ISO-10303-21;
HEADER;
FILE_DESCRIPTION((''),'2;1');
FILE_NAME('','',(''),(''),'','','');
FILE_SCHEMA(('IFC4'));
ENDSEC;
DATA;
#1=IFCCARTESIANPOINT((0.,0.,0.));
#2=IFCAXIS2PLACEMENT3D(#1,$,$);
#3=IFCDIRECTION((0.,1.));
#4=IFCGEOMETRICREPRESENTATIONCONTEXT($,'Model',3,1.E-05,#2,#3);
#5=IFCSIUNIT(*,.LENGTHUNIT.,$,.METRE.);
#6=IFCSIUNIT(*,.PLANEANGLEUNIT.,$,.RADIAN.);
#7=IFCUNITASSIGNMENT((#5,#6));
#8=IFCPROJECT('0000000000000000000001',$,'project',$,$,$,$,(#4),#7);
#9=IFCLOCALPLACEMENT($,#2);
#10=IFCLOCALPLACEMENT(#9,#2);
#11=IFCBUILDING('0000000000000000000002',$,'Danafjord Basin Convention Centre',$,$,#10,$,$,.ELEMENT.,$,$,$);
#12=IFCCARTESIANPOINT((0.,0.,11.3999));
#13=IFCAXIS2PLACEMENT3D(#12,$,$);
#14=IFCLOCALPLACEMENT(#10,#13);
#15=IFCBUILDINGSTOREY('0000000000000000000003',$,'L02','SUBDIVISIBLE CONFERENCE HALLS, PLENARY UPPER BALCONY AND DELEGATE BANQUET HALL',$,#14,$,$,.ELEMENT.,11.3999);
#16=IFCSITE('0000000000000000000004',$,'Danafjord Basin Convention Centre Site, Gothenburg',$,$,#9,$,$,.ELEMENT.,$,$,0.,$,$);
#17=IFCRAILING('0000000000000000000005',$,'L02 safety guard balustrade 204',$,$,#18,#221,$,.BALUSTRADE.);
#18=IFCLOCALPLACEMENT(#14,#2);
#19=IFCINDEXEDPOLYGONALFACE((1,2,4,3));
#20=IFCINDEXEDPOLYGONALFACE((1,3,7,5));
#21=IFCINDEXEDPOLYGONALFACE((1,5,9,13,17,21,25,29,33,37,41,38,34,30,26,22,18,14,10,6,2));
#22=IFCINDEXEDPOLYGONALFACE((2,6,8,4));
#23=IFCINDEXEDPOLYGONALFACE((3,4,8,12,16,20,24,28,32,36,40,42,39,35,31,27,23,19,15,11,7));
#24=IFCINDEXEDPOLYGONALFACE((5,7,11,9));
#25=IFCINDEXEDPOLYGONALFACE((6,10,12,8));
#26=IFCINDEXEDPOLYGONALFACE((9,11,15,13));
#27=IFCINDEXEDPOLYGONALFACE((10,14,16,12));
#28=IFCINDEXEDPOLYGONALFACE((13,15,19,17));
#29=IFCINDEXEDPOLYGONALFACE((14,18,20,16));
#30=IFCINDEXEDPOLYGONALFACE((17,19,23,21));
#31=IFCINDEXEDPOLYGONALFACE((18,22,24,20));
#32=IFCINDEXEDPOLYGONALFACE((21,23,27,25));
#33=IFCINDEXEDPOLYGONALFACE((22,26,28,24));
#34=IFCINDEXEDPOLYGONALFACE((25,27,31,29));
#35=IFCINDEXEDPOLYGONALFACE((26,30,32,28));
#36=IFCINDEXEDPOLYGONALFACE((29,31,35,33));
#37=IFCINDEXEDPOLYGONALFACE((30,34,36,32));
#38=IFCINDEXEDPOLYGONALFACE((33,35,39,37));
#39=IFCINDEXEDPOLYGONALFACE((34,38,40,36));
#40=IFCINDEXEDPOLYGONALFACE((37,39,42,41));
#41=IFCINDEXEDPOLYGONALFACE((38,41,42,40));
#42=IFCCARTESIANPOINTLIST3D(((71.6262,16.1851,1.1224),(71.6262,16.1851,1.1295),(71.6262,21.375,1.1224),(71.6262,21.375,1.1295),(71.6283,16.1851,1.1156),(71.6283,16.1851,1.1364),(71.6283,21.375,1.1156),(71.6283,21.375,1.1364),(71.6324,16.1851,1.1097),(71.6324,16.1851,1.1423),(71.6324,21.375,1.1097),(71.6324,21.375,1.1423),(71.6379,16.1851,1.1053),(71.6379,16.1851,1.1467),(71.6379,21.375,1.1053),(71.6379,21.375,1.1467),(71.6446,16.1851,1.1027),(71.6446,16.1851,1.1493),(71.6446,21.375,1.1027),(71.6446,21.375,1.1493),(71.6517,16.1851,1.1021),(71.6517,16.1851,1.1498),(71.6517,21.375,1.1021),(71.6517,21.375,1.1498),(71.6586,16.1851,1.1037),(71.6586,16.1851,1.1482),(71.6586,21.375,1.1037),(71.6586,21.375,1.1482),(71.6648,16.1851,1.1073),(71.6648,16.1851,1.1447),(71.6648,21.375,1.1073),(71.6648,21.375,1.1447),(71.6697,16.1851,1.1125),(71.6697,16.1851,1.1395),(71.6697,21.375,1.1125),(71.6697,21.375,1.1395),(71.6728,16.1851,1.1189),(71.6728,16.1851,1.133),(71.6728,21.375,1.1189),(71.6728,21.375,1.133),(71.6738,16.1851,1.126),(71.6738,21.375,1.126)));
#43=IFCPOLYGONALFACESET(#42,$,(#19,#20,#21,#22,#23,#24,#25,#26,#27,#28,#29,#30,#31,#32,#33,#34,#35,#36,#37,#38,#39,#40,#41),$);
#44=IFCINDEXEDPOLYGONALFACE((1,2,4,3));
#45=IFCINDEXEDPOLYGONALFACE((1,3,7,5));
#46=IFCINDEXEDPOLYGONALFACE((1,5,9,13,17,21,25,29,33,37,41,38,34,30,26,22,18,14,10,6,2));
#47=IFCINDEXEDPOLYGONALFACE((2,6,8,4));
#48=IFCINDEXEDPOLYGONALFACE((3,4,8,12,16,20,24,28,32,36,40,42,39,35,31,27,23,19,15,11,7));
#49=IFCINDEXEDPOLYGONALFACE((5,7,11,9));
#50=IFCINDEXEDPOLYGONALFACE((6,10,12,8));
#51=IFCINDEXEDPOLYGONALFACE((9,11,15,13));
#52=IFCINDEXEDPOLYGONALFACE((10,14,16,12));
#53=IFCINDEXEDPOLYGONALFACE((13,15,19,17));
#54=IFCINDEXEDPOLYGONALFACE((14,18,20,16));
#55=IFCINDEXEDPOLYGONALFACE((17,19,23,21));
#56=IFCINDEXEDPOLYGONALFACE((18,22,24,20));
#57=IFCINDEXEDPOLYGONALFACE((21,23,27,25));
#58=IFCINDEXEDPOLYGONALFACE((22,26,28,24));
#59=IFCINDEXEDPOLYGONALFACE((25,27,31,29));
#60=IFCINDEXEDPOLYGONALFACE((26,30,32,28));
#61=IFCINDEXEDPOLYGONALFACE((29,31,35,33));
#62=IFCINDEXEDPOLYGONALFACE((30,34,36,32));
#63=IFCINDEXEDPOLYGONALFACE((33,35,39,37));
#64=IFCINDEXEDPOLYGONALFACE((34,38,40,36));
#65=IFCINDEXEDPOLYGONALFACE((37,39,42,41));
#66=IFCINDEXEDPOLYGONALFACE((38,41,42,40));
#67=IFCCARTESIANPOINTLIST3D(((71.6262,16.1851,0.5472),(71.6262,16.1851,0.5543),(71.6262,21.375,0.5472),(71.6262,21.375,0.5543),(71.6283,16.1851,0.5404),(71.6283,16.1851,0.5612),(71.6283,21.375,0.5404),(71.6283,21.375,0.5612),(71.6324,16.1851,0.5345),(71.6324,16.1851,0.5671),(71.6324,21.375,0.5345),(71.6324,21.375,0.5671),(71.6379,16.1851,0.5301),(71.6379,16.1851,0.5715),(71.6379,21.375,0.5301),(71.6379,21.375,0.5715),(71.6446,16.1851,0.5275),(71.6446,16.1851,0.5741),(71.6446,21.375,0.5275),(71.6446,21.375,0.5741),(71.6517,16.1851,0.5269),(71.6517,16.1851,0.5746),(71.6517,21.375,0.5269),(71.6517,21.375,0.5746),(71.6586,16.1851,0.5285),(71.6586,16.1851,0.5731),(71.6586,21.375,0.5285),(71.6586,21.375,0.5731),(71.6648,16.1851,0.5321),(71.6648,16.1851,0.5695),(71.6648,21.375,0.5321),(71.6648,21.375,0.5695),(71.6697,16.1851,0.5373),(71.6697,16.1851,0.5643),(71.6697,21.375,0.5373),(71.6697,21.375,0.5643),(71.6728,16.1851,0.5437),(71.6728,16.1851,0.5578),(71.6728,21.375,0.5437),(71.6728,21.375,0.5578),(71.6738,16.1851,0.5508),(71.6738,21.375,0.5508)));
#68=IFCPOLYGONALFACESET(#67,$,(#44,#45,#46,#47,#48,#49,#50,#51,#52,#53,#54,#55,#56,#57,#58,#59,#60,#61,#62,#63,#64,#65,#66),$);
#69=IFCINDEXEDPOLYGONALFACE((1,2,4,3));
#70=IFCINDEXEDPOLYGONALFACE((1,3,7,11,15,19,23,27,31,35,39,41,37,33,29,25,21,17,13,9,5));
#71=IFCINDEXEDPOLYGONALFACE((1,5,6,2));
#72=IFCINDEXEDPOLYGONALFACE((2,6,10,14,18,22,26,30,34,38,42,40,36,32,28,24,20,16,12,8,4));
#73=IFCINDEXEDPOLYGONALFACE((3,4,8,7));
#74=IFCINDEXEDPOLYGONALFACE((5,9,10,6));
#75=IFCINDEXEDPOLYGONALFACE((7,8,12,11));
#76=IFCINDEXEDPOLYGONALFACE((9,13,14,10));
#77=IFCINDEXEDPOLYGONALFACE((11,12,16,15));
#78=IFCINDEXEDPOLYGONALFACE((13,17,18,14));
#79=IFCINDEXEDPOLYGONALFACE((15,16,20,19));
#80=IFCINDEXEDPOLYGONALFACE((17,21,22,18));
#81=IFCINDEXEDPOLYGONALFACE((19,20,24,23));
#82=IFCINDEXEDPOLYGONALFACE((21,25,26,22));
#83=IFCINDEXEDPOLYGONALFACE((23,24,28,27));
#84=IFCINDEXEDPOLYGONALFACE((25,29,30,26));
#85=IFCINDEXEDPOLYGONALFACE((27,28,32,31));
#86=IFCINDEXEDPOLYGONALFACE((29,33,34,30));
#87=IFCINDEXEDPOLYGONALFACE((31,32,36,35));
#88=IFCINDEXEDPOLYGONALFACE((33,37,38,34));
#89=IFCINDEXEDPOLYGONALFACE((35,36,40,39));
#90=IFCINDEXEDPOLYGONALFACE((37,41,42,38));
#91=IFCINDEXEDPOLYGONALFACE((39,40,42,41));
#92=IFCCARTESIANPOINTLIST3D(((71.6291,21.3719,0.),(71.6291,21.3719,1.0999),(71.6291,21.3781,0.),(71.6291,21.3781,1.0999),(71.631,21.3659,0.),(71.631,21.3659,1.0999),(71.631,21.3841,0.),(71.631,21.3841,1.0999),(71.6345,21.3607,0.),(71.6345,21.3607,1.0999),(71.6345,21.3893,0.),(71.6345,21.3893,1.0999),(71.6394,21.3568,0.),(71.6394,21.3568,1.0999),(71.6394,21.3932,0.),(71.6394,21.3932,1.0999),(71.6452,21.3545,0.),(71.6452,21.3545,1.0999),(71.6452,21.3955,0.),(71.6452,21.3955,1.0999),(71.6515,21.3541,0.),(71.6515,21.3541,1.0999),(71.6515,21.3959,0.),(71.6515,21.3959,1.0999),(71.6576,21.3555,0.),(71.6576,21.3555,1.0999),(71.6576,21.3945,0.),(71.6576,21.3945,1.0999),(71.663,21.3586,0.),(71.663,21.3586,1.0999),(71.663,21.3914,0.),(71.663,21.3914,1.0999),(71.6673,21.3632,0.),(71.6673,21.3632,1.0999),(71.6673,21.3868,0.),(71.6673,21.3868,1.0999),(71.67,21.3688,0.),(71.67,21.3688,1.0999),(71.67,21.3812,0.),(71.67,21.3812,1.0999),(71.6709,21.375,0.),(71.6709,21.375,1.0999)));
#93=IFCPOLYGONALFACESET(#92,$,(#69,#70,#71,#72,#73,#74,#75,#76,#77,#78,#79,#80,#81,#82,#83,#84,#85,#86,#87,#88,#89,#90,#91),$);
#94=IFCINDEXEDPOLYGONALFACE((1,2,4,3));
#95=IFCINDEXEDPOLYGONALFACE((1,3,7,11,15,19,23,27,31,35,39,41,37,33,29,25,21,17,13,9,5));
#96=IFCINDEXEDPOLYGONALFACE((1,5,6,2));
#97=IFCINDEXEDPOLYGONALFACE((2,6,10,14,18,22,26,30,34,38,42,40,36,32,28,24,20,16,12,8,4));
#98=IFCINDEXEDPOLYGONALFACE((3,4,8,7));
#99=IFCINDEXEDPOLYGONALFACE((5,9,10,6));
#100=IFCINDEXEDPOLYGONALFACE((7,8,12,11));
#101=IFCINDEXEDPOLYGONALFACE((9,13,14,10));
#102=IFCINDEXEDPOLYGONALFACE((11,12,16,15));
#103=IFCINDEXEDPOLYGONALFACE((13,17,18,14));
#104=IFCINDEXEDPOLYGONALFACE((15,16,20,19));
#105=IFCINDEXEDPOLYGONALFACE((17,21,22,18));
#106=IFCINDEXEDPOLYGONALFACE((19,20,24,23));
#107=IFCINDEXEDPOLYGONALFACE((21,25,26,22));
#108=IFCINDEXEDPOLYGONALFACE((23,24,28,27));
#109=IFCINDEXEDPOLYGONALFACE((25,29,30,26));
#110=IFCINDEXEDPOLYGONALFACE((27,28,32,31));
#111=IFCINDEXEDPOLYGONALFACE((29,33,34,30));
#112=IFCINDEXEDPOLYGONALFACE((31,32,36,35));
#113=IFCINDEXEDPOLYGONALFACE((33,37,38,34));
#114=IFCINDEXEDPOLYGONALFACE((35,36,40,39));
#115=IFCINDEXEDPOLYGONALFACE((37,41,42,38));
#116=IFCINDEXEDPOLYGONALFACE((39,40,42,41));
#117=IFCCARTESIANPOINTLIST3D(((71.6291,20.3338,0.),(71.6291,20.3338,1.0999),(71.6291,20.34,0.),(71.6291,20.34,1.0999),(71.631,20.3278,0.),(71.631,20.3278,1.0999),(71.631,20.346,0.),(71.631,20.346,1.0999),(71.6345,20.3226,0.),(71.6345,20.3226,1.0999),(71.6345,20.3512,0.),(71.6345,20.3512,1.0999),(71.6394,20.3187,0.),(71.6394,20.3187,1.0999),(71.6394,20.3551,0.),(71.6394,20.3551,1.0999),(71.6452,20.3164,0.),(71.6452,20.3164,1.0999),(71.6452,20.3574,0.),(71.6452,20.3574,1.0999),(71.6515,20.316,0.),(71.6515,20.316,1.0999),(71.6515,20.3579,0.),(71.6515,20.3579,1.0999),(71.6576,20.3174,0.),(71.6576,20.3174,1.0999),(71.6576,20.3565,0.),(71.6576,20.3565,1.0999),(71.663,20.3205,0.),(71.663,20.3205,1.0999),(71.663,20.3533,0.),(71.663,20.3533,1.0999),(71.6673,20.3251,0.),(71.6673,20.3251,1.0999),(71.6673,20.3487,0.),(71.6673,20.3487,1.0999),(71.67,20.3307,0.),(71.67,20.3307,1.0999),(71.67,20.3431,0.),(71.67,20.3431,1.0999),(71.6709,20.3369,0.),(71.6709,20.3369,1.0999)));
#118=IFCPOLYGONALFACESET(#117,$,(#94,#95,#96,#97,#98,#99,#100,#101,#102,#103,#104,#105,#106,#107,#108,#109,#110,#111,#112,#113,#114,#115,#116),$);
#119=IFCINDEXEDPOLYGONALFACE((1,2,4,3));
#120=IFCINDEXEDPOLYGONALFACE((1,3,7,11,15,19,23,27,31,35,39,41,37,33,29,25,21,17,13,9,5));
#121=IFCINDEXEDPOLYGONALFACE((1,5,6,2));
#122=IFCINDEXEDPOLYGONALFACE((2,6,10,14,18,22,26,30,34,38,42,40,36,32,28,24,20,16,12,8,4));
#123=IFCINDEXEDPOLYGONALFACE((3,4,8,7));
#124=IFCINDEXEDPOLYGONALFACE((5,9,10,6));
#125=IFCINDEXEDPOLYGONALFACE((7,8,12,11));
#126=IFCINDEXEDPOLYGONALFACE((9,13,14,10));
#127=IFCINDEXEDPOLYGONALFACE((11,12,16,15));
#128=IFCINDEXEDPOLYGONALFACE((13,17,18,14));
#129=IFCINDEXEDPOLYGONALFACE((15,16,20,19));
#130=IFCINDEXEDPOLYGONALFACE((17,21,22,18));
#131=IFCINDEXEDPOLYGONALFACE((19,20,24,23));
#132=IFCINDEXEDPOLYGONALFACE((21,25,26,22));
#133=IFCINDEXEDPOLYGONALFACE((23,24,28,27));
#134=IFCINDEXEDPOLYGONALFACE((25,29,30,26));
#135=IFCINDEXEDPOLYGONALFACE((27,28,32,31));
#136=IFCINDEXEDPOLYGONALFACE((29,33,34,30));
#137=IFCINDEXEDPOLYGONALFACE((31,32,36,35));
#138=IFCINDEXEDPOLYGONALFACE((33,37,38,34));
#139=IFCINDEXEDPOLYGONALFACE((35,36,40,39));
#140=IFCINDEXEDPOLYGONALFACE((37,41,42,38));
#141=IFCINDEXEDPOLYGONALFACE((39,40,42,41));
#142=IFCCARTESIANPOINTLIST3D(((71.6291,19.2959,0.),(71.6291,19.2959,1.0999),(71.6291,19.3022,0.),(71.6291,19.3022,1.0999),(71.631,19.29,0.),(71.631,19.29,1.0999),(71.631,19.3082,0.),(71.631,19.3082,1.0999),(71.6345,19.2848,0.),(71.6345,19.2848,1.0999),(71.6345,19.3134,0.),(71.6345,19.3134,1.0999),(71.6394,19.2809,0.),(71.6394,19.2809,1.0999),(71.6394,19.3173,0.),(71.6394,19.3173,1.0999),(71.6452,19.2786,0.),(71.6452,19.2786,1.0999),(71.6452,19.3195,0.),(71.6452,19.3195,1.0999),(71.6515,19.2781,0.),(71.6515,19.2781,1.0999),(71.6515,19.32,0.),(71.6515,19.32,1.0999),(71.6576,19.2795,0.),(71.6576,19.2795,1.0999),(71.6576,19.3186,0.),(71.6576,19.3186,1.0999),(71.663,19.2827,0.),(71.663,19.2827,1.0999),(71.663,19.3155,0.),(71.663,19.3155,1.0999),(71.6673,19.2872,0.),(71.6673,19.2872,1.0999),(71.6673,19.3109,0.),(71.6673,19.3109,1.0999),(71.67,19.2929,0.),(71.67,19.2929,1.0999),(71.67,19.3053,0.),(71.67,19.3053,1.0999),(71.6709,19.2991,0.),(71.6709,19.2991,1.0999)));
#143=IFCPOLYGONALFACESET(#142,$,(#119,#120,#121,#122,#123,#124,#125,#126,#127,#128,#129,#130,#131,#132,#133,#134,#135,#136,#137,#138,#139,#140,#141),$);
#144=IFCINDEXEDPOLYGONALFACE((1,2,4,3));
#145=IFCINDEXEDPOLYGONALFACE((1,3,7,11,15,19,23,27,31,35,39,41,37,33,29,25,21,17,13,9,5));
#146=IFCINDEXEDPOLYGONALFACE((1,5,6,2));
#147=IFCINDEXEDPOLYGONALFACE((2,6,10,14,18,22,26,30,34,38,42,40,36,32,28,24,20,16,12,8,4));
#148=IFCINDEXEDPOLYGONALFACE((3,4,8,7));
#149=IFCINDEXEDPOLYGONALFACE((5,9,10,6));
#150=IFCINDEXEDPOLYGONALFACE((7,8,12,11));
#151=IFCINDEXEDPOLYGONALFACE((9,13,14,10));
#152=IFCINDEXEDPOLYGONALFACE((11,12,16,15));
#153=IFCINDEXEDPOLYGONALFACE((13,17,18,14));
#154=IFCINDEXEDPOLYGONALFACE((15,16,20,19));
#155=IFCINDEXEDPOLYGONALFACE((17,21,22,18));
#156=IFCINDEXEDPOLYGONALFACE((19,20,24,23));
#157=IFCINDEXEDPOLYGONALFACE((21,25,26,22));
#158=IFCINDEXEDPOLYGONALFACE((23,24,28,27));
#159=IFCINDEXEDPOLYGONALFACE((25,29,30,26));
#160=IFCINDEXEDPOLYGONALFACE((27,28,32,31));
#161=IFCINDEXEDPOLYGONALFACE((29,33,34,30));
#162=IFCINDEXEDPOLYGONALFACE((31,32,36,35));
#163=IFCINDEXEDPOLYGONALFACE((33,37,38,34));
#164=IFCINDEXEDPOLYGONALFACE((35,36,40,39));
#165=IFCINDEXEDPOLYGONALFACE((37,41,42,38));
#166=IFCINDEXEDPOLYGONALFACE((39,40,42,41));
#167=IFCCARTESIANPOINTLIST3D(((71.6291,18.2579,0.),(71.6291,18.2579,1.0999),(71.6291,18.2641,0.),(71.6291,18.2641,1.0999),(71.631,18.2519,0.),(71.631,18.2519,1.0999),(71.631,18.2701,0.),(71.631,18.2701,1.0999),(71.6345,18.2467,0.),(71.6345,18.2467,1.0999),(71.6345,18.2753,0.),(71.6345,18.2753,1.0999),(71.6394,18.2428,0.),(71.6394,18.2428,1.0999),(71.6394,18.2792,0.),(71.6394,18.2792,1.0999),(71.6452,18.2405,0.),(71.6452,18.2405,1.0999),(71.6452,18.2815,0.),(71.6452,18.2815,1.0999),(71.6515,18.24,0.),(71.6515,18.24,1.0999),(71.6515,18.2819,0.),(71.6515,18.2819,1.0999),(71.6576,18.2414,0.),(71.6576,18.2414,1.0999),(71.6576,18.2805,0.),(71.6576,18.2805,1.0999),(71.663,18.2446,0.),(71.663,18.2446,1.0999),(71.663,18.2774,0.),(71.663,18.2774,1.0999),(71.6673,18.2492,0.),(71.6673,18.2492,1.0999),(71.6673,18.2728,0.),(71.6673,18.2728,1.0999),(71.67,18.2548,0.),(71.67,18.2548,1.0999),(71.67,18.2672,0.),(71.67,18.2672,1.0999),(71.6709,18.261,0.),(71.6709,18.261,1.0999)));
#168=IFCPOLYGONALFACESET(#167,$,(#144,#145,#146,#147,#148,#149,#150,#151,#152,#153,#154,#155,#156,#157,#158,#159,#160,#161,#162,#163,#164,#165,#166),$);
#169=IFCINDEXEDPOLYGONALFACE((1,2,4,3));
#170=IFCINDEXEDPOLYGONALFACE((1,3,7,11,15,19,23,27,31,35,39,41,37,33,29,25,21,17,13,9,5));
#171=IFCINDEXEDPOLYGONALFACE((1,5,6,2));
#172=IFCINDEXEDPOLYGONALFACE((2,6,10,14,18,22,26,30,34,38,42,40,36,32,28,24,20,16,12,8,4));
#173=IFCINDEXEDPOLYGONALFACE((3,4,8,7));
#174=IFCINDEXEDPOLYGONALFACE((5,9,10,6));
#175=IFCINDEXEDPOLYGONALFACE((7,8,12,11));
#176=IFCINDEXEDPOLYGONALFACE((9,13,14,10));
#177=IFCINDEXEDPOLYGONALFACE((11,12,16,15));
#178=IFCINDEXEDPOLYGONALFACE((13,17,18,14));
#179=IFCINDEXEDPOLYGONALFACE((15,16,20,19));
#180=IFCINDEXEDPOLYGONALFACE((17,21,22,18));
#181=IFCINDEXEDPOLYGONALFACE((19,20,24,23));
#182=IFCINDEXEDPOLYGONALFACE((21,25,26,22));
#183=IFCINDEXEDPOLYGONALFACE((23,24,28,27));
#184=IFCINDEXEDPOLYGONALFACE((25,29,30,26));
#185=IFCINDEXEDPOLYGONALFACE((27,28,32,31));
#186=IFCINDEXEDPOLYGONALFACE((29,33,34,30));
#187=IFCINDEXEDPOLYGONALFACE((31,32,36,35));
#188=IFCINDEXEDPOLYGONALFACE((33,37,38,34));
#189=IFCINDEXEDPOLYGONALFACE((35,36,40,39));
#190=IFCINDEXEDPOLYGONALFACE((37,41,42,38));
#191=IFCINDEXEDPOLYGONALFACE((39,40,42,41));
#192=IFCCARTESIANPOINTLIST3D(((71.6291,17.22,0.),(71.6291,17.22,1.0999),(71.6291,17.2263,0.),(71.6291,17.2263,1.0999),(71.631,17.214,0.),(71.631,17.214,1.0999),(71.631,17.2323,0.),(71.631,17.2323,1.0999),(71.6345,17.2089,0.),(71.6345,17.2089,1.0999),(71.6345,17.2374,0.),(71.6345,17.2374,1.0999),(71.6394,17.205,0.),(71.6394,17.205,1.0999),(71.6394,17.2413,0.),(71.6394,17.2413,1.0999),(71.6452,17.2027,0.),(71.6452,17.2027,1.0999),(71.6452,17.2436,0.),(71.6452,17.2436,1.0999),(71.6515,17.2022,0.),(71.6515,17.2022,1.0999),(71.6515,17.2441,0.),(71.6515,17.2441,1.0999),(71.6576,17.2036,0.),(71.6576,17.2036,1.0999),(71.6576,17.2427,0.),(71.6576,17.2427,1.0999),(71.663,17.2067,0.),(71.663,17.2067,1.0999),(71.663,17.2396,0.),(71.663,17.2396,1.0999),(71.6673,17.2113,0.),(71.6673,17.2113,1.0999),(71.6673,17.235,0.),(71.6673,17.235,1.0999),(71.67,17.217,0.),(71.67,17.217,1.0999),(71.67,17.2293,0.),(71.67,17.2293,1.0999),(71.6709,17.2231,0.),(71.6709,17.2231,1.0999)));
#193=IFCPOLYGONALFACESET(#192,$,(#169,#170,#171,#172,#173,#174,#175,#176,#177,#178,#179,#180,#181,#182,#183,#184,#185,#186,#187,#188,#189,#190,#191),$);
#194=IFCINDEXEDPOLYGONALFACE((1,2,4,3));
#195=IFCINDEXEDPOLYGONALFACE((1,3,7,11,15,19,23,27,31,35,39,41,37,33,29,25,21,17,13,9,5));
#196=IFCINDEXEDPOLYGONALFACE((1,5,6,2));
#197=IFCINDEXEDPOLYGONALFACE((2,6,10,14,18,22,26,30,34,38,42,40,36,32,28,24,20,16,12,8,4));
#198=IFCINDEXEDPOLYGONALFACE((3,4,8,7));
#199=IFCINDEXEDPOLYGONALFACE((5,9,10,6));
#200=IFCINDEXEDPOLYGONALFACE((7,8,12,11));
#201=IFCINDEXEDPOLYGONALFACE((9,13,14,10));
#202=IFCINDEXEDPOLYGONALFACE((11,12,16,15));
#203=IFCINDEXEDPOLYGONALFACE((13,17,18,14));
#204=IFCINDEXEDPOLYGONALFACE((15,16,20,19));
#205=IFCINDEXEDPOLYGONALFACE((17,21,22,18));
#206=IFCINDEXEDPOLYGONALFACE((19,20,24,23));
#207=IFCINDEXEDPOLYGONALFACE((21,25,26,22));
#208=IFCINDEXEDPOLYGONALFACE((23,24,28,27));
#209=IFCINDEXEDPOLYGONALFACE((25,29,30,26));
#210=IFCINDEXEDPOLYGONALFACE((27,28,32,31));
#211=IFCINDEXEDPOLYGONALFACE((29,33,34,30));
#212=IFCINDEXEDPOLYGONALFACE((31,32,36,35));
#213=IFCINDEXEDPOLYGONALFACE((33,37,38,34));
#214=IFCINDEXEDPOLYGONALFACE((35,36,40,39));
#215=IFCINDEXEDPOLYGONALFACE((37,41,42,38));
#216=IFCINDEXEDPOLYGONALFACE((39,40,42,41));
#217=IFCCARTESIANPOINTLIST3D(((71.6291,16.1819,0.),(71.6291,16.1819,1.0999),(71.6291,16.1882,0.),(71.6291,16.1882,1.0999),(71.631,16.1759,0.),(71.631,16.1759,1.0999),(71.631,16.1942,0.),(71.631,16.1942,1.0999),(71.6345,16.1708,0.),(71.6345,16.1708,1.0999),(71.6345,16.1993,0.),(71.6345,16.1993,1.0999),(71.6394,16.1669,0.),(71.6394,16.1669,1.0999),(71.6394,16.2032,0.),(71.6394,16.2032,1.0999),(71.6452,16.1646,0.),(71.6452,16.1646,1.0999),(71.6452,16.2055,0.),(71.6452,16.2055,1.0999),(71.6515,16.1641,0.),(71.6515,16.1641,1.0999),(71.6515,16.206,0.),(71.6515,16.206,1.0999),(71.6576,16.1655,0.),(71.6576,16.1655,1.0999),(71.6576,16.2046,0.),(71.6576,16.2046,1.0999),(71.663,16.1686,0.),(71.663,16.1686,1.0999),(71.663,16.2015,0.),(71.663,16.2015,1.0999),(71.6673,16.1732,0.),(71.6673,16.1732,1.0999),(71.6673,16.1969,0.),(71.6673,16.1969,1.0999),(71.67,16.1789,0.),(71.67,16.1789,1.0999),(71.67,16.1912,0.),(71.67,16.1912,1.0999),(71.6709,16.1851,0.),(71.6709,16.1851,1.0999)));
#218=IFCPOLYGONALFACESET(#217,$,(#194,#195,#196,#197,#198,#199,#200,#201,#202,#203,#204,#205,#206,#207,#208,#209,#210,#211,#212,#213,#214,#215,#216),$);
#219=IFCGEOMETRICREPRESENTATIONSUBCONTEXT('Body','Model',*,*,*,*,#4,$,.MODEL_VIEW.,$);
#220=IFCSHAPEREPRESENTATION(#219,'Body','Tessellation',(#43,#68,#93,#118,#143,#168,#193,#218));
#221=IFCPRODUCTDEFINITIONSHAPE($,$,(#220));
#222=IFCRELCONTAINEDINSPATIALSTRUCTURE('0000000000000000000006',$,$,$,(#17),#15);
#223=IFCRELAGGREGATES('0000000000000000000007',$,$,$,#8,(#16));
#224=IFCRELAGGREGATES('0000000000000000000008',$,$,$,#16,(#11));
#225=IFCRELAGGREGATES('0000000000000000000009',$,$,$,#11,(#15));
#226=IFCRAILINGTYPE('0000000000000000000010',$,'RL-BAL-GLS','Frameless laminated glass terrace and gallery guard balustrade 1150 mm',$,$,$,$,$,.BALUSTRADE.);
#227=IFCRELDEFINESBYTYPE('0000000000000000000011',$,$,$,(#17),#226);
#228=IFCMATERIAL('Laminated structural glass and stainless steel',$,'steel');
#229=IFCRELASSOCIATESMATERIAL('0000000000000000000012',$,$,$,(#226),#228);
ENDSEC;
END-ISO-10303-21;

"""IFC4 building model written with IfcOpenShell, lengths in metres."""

from ifc_helpers import new_model, si_unit, direction, frame, origin, origin_2d, place, context, subcontext, project, spatial, circle, extrude, material, type_object, element, save


model = new_model("IFC4")

# Units and contexts
model_context = context("Model", 3, precision=1e-05, world=origin(), true_north=direction((0.0, 1.0)))
body_context = subcontext(model_context, "Body", "Model", "MODEL_VIEW")
ifc_project = project(units=[si_unit("LENGTHUNIT", "METRE"), si_unit("PLANEANGLEUNIT", "RADIAN")], contexts=[model_context])

# Site, building, storey
site_placement = place(None, origin())
site = spatial("IfcSite", under=ifc_project, at=site_placement, Name="Danafjord Basin Convention Centre Site, Gothenburg", CompositionType="ELEMENT", RefElevation=0.0)
building_placement = place(site_placement, origin())
building = spatial("IfcBuilding", under=site, at=building_placement, Name="Danafjord Basin Convention Centre", CompositionType="ELEMENT")
storey_placement = place(building_placement, frame((0.0, 0.0, 11.3999)))
storey = spatial("IfcBuildingStorey", under=building, at=storey_placement, Name="L02", Description="SUBDIVISIBLE CONFERENCE HALLS, PLENARY UPPER BALCONY AND DELEGATE BANQUET HALL", CompositionType="ELEMENT", Elevation=11.3999)

# Railing
ifc_material_1 = material(Name="Laminated structural glass and stainless steel", Category="steel")
railing_type_1 = type_object("IfcRailingType", Name="RL-BAL-GLS", Description="Frameless laminated glass terrace and gallery guard balustrade 1150 mm", PredefinedType="BALUSTRADE", material=ifc_material_1)
railing_1_placement = place(storey_placement, frame((71.6499, 21.375, 0.0)))
element("IfcRailing", 1, at=railing_1_placement, inside=storey, type_object=railing_type_1, Name="L02 safety guard balustrade 204", PredefinedType="BALUSTRADE", context=body_context, shape_type="SweptSolid", body=[
    extrude(circle(Radius=0.0239, at=origin_2d()), frame((0.0, 0.0, 1.126), z_axis=(0.0, -1.0, 0.0), x_axis=(1.0, 0.0, 0.0)), (0.0, 0.0, 1.0), 5.1899),
    extrude(circle(Radius=0.0239, at=origin_2d()), frame((0.0, 0.0, 0.5508), z_axis=(0.0, -1.0, 0.0), x_axis=(1.0, 0.0, 0.0)), (0.0, 0.0, 1.0), 5.1899),
    extrude(circle(Radius=0.021, at=origin_2d()), origin(), (0.0, 0.0, 1.0), 1.0999),
    extrude(circle(Radius=0.021, at=origin_2d()), frame((0.0, -1.0381, 0.0)), (0.0, 0.0, 1.0), 1.0999),
    extrude(circle(Radius=0.021, at=origin_2d()), frame((0.0, -2.0759, 0.0)), (0.0, 0.0, 1.0), 1.0999),
    extrude(circle(Radius=0.021, at=origin_2d()), frame((0.0, -3.114, 0.0)), (0.0, 0.0, 1.0), 1.0999),
    extrude(circle(Radius=0.021, at=origin_2d()), frame((0.0, -4.1519, 0.0)), (0.0, 0.0, 1.0), 1.0999),
    extrude(circle(Radius=0.021, at=origin_2d()), frame((0.0, -5.1899, 0.0)), (0.0, 0.0, 1.0), 1.0999),
])

save(model, "model.ifc")
